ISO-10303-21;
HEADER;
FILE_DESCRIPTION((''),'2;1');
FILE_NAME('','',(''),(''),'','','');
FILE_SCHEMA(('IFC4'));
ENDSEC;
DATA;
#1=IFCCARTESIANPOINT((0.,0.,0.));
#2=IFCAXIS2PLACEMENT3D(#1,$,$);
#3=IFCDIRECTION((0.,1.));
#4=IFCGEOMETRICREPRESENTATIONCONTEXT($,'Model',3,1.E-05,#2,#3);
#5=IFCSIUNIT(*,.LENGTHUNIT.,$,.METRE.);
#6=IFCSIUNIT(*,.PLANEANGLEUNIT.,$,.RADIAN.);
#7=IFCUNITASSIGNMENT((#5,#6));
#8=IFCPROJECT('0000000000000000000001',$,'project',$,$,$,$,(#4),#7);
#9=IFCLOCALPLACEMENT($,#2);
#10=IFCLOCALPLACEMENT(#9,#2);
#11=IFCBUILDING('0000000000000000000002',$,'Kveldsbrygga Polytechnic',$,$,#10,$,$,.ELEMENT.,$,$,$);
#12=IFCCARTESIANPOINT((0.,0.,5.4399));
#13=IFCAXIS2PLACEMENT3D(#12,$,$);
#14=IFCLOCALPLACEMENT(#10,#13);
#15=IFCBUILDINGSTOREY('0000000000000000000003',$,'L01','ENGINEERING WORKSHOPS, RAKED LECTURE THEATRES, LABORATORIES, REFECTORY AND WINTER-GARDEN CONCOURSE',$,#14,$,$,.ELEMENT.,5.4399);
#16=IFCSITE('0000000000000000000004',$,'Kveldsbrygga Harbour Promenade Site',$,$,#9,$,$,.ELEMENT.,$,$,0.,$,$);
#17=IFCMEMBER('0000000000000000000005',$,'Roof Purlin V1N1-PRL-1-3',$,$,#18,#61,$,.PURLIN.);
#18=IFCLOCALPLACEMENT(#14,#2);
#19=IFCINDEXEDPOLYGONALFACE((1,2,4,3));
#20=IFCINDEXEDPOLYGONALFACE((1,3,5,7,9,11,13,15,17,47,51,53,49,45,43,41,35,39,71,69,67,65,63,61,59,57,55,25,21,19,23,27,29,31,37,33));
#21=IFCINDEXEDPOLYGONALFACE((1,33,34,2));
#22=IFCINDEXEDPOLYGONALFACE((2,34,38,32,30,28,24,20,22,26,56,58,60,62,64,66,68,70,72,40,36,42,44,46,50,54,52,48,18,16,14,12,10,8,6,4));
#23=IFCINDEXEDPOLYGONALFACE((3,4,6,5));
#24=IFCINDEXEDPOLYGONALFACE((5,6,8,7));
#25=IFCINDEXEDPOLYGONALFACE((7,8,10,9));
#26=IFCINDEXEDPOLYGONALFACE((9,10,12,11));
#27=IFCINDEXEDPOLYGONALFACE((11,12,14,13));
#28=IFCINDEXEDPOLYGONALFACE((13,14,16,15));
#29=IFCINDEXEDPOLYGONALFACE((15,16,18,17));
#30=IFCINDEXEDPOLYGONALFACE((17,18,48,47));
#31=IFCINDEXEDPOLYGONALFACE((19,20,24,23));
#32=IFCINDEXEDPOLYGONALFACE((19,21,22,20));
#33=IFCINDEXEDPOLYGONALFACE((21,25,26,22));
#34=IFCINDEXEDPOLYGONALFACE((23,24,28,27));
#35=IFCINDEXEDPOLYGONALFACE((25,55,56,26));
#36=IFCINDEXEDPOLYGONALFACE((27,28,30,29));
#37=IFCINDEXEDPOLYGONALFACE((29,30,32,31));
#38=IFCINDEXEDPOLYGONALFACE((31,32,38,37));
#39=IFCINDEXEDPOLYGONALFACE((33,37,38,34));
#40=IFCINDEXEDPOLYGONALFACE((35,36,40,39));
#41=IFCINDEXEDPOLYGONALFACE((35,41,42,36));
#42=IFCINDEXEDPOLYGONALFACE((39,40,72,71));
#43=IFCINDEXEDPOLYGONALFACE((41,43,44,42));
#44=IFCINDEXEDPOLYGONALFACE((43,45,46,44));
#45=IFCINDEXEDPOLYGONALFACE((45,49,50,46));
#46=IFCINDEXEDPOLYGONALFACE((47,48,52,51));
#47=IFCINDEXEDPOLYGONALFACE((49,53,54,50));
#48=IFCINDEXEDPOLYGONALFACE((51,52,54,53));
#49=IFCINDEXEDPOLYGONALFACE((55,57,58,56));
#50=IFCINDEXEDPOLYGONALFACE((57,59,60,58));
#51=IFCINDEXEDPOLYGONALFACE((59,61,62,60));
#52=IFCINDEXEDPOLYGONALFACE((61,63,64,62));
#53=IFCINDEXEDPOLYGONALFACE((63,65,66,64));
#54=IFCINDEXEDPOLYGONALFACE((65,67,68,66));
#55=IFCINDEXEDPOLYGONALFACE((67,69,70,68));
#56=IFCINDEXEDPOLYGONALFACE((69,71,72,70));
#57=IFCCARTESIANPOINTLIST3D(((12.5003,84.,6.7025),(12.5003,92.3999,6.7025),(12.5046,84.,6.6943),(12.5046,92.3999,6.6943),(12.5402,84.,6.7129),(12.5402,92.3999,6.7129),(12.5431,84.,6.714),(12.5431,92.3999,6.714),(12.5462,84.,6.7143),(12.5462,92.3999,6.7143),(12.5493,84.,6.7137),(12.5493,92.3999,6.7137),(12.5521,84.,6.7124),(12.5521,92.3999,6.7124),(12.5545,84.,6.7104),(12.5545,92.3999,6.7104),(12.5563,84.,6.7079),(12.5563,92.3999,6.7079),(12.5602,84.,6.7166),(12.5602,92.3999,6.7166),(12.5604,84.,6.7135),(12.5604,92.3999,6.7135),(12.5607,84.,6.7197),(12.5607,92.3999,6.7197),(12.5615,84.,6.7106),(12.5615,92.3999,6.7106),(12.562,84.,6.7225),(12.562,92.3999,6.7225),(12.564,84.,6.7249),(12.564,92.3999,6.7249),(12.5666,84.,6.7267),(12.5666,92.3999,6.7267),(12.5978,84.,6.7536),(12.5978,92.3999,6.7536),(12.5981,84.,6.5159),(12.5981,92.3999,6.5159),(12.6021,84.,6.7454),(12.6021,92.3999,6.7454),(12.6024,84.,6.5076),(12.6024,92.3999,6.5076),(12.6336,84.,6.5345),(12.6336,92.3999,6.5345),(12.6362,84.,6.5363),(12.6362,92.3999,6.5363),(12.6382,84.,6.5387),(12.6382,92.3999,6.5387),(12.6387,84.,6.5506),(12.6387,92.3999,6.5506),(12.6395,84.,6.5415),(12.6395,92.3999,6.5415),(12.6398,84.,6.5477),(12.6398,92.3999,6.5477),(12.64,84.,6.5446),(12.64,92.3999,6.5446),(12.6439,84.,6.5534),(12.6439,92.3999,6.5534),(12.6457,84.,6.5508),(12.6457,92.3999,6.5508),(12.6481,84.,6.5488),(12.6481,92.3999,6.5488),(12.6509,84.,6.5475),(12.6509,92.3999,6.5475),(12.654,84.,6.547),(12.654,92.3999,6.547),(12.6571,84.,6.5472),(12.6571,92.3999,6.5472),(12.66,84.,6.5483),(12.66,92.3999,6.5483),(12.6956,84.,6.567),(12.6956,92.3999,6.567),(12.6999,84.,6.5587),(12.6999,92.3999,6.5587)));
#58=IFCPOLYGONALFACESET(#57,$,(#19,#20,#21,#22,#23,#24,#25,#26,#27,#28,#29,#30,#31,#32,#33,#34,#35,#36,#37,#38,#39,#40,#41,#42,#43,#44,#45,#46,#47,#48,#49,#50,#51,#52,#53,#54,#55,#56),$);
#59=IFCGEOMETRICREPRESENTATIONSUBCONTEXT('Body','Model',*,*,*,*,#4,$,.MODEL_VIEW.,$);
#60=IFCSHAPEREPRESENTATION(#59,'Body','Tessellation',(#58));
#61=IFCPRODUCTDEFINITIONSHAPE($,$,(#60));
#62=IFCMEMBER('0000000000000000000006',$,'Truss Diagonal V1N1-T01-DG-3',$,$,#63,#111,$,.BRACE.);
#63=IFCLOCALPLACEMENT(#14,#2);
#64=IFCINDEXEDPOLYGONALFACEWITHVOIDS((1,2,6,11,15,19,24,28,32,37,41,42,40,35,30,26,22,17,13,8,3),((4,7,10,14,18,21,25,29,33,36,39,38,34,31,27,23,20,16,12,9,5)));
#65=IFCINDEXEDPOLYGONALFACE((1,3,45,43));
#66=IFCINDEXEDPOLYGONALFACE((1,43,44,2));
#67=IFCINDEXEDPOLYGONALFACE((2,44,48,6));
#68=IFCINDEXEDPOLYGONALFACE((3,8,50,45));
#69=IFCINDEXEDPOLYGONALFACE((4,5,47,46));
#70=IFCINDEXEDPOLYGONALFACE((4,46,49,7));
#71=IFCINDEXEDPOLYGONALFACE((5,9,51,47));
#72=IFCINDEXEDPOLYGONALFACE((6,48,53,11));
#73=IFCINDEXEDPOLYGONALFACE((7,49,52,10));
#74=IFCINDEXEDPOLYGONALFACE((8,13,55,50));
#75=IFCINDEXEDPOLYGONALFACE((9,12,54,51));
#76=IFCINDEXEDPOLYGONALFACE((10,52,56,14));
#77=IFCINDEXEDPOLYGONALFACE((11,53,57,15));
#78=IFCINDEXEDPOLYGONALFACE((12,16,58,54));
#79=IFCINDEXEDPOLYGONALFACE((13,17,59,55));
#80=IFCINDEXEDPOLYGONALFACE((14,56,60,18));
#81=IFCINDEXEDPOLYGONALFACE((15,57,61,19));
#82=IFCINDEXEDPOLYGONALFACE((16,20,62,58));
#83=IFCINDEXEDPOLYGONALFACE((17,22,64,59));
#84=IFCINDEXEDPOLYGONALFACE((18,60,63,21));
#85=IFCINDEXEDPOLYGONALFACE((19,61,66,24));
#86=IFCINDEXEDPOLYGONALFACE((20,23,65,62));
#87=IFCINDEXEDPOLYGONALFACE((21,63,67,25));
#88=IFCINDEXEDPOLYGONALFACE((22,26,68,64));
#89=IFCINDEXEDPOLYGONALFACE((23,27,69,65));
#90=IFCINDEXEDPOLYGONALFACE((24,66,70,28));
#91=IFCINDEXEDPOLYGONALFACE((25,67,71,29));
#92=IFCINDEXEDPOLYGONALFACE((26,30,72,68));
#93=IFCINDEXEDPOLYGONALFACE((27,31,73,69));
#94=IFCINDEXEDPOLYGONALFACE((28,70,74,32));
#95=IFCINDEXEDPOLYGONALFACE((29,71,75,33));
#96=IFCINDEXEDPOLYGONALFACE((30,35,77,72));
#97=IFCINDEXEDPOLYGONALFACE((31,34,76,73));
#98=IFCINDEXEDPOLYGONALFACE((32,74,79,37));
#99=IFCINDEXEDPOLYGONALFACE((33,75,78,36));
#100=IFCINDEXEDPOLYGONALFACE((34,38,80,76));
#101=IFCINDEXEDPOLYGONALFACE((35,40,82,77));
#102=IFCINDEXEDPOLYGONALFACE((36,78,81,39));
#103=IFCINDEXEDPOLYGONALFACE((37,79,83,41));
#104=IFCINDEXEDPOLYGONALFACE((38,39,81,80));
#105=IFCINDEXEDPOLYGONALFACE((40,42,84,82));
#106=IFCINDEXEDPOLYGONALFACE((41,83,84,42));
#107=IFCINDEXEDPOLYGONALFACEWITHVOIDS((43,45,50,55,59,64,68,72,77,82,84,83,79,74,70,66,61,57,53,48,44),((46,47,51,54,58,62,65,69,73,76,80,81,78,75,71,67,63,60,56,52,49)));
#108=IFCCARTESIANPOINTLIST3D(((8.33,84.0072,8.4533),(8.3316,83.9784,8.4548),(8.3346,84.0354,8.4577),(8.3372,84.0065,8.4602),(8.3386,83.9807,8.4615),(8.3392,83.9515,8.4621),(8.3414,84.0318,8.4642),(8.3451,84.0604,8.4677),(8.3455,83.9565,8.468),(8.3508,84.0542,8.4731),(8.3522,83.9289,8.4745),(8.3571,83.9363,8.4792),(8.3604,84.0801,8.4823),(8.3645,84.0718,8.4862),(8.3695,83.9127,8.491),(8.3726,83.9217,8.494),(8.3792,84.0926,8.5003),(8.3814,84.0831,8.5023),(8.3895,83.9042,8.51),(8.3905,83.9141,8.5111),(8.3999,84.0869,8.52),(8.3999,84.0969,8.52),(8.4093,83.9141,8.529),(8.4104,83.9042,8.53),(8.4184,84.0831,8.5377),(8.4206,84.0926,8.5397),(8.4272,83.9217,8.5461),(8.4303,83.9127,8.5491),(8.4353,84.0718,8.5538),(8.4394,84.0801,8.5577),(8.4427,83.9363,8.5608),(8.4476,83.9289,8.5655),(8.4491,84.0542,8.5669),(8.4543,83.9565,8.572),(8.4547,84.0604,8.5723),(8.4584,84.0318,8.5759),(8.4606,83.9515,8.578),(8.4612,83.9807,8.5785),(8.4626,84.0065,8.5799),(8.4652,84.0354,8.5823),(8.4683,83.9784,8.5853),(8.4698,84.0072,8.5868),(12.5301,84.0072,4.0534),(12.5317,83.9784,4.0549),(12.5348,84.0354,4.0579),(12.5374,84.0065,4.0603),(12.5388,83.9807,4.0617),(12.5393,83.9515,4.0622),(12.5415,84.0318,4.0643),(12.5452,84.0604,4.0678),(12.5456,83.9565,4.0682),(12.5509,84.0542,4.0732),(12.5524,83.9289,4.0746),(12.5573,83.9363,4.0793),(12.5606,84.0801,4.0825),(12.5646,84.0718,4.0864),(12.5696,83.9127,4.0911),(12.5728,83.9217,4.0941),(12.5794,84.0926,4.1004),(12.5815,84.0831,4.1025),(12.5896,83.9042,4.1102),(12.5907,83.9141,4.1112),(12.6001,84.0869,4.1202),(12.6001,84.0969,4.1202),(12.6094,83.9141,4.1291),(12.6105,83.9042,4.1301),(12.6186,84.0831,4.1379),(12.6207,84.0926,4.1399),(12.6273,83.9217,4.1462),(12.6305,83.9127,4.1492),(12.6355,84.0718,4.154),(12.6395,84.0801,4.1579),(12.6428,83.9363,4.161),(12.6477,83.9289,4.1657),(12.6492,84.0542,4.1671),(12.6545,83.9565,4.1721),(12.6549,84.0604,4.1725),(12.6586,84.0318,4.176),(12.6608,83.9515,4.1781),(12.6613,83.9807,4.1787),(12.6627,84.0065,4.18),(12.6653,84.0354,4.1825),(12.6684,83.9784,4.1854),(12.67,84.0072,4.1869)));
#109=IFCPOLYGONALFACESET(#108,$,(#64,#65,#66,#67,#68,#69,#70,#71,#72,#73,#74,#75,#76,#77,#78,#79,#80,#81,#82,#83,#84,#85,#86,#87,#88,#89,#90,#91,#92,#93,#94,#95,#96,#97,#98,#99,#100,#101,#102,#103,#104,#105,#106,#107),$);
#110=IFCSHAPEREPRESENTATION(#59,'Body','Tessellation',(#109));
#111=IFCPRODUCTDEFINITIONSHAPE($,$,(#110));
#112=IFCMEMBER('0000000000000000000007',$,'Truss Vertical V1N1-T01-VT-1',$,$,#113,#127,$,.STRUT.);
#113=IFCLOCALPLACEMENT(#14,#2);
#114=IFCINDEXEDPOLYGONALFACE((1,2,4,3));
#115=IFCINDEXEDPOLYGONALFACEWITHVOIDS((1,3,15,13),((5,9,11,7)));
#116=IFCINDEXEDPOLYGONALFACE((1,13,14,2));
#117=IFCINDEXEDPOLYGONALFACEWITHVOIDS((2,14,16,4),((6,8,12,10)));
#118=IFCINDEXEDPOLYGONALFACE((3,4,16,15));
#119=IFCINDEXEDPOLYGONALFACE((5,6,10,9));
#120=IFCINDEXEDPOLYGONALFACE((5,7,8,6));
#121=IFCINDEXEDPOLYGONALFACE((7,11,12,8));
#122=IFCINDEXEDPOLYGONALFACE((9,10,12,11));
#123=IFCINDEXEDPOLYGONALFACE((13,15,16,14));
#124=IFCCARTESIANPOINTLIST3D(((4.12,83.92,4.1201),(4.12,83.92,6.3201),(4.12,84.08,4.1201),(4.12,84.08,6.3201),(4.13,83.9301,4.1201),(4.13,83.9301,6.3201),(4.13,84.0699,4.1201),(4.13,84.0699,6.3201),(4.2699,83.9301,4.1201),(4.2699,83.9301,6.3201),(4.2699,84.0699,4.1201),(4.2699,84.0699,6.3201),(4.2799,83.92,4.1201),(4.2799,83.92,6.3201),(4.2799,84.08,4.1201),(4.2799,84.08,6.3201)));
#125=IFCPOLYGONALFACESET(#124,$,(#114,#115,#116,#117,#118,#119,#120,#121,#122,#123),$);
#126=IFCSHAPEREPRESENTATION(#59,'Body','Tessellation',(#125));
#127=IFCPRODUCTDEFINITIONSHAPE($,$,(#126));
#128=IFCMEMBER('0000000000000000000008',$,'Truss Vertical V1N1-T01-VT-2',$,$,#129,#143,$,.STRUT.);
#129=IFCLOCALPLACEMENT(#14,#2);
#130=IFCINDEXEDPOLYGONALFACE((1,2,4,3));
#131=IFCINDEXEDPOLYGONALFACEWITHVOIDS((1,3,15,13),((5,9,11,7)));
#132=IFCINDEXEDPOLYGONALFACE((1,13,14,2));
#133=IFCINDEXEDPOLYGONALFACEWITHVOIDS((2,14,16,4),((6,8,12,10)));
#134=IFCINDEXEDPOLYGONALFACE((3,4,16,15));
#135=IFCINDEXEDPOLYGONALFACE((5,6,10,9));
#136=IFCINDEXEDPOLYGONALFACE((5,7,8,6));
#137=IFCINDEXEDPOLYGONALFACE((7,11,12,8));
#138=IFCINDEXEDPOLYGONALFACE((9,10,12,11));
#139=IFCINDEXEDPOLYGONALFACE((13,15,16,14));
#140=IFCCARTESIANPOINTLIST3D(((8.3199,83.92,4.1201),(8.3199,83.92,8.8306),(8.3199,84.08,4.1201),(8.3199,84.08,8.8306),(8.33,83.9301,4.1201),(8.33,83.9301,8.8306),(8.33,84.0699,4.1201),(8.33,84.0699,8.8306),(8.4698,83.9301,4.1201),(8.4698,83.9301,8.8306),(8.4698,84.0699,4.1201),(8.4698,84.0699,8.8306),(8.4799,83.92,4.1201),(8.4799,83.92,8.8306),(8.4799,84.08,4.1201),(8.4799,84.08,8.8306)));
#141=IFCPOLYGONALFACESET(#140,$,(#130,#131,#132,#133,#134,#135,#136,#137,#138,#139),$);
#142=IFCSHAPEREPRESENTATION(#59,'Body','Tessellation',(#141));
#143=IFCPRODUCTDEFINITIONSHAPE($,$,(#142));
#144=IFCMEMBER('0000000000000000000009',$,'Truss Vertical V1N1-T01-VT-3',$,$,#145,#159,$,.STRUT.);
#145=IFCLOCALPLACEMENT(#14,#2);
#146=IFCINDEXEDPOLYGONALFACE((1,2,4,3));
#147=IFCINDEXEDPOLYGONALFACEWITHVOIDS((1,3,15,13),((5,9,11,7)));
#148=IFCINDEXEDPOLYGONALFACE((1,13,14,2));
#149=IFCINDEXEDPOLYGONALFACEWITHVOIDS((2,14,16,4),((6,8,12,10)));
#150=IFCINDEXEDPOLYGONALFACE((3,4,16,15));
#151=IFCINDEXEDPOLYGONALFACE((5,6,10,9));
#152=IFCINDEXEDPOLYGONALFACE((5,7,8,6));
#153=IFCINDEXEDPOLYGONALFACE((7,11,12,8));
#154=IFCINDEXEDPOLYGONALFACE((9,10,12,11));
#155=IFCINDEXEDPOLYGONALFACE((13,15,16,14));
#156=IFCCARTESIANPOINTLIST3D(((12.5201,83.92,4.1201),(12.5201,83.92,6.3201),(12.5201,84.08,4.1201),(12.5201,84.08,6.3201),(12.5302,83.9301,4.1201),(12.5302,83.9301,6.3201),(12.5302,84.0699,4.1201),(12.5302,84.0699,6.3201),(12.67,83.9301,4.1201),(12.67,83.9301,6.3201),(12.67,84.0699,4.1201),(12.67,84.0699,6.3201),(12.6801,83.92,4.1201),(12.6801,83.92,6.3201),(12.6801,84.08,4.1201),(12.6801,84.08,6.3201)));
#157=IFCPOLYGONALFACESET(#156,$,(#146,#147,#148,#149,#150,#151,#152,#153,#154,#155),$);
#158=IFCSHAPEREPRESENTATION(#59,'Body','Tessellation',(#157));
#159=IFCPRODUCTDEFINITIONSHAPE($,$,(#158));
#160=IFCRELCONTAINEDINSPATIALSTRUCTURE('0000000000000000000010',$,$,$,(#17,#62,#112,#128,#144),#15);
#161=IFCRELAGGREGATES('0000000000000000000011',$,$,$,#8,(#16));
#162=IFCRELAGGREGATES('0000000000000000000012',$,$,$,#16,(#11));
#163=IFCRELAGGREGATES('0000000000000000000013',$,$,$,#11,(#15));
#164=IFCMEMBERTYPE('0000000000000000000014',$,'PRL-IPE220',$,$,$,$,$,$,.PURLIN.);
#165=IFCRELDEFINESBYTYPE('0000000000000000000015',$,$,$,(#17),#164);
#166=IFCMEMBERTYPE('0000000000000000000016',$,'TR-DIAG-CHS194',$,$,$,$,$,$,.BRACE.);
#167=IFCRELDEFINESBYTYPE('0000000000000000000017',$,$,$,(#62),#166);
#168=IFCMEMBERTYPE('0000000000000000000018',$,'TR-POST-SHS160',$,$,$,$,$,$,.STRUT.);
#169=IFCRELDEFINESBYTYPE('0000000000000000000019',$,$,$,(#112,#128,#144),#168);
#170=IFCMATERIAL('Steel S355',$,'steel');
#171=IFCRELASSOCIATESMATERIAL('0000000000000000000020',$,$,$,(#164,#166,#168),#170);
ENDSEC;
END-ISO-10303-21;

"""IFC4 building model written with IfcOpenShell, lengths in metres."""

from ifc_helpers import new_model, si_unit, direction, frame, origin, origin_2d, place, context, subcontext, project, spatial, hollow_rectangle, hollow_circle, i_section, extrude, material, material_profile, profile_set, type_object, element, save


model = new_model("IFC4")

# Units and contexts
model_context = context("Model", 3, precision=1e-05, world=origin(), true_north=direction((0.0, 1.0)))
body_context = subcontext(model_context, "Body", "Model", "MODEL_VIEW")
ifc_project = project(units=[si_unit("LENGTHUNIT", "METRE"), si_unit("PLANEANGLEUNIT", "RADIAN")], contexts=[model_context])

# Site, building, storey
site_placement = place(None, origin())
site = spatial("IfcSite", under=ifc_project, at=site_placement, Name="Kveldsbrygga Harbour Promenade Site", CompositionType="ELEMENT", RefElevation=0.0)
building_placement = place(site_placement, origin())
building = spatial("IfcBuilding", under=site, at=building_placement, Name="Kveldsbrygga Polytechnic", CompositionType="ELEMENT")
storey_placement = place(building_placement, frame((0.0, 0.0, 5.4399)))
storey = spatial("IfcBuildingStorey", under=building, at=storey_placement, Name="L01", Description="ENGINEERING WORKSHOPS, RAKED LECTURE THEATRES, LABORATORIES, REFECTORY AND WINTER-GARDEN CONCOURSE", CompositionType="ELEMENT", Elevation=5.4399)

# Shared definitions
ifc_material_1 = material(Name="Steel S355", Category="steel")

# Members
ifc_material_profile_1 = material_profile(ifc_material_1, i_section(OverallWidth=0.1101, OverallDepth=0.22, WebThickness=0.0059, FlangeThickness=0.0093, FilletRadius=0.012, at=origin_2d()), Name="IPE 220")
ifc_profile_set_1 = profile_set([ifc_material_profile_1], Name="Steel S355")
member_type_1 = type_object("IfcMemberType", Name="PRL-IPE220", PredefinedType="PURLIN", material=ifc_profile_set_1)
for number, where, z_axis, x_axis, name in (
    (1, (12.6001, 84.0, 6.6306), (0.0, 1.0, 0.0), (-0.885831, 0.0, -0.464007), "Roof Purlin V1N1-PRL-1-3"),
):
    element("IfcMember", number, at=place(storey_placement, frame(where, z_axis=z_axis, x_axis=x_axis)), inside=storey, type_object=member_type_1, Name=name, PredefinedType="PURLIN", context=body_context, shape_type="SweptSolid", body=[
        extrude(i_section(OverallWidth=0.1101, OverallDepth=0.22, WebThickness=0.0059, FlangeThickness=0.0093, FilletRadius=0.012, at=origin_2d()), origin(), (0.0, 0.0, 1.0), 8.3999),
    ])
ifc_material_profile_2 = material_profile(ifc_material_1, hollow_circle(Radius=0.0969, WallThickness=0.01, at=origin_2d()), Name="CHS 193.7x10.0")
ifc_profile_set_2 = profile_set([ifc_material_profile_2], Name="Steel S355")
member_type_2 = type_object("IfcMemberType", Name="TR-DIAG-CHS194", PredefinedType="BRACE", material=ifc_profile_set_2)
member_1_placement = place(storey_placement, frame((8.3999, 84.0, 8.52), z_axis=(0.690501, 0.0, -0.723332), x_axis=(0.0, 1.0, 0.0)))
element("IfcMember", 2, at=member_1_placement, inside=storey, type_object=member_type_2, Name="Truss Diagonal V1N1-T01-DG-3", PredefinedType="BRACE", context=body_context, shape_type="SweptSolid", body=[
    extrude(hollow_circle(Radius=0.0969, WallThickness=0.01, at=origin_2d()), origin(), (0.0, 0.0, 1.0), 6.0828),
])
ifc_material_profile_3 = material_profile(ifc_material_1, hollow_rectangle(XDim=0.1599, YDim=0.1599, WallThickness=0.01, at=origin_2d()), Name="SHS 160x160x10.0")
ifc_profile_set_3 = profile_set([ifc_material_profile_3], Name="Steel S355")
member_type_3 = type_object("IfcMemberType", Name="TR-POST-SHS160", PredefinedType="STRUT", material=ifc_profile_set_3)
member_2_placement = place(storey_placement, frame((4.2, 84.0, 4.1201), z_axis=(0.0, 0.0, 1.0), x_axis=(1.0, 0.0, 0.0)))
element("IfcMember", 3, at=member_2_placement, inside=storey, type_object=member_type_3, Name="Truss Vertical V1N1-T01-VT-1", PredefinedType="STRUT", context=body_context, shape_type="SweptSolid", body=[
    extrude(hollow_rectangle(XDim=0.1599, YDim=0.1599, WallThickness=0.01, at=origin_2d()), origin(), (0.0, 0.0, 1.0), 2.2),
])
member_3_placement = place(storey_placement, frame((8.3999, 84.0, 4.1201), z_axis=(0.0, 0.0, 1.0), x_axis=(1.0, 0.0, 0.0)))
element("IfcMember", 4, at=member_3_placement, inside=storey, type_object=member_type_3, Name="Truss Vertical V1N1-T01-VT-2", PredefinedType="STRUT", context=body_context, shape_type="SweptSolid", body=[
    extrude(hollow_rectangle(XDim=0.1599, YDim=0.1599, WallThickness=0.01, at=origin_2d()), origin(), (0.0, 0.0, 1.0), 4.7104),
])
member_4_placement = place(storey_placement, frame((12.6001, 84.0, 4.1201), z_axis=(0.0, 0.0, 1.0), x_axis=(1.0, 0.0, 0.0)))
element("IfcMember", 5, at=member_4_placement, inside=storey, type_object=member_type_3, Name="Truss Vertical V1N1-T01-VT-3", PredefinedType="STRUT", context=body_context, shape_type="SweptSolid", body=[
    extrude(hollow_rectangle(XDim=0.1599, YDim=0.1599, WallThickness=0.01, at=origin_2d()), origin(), (0.0, 0.0, 1.0), 2.2),
])

save(model, "model.ifc")
